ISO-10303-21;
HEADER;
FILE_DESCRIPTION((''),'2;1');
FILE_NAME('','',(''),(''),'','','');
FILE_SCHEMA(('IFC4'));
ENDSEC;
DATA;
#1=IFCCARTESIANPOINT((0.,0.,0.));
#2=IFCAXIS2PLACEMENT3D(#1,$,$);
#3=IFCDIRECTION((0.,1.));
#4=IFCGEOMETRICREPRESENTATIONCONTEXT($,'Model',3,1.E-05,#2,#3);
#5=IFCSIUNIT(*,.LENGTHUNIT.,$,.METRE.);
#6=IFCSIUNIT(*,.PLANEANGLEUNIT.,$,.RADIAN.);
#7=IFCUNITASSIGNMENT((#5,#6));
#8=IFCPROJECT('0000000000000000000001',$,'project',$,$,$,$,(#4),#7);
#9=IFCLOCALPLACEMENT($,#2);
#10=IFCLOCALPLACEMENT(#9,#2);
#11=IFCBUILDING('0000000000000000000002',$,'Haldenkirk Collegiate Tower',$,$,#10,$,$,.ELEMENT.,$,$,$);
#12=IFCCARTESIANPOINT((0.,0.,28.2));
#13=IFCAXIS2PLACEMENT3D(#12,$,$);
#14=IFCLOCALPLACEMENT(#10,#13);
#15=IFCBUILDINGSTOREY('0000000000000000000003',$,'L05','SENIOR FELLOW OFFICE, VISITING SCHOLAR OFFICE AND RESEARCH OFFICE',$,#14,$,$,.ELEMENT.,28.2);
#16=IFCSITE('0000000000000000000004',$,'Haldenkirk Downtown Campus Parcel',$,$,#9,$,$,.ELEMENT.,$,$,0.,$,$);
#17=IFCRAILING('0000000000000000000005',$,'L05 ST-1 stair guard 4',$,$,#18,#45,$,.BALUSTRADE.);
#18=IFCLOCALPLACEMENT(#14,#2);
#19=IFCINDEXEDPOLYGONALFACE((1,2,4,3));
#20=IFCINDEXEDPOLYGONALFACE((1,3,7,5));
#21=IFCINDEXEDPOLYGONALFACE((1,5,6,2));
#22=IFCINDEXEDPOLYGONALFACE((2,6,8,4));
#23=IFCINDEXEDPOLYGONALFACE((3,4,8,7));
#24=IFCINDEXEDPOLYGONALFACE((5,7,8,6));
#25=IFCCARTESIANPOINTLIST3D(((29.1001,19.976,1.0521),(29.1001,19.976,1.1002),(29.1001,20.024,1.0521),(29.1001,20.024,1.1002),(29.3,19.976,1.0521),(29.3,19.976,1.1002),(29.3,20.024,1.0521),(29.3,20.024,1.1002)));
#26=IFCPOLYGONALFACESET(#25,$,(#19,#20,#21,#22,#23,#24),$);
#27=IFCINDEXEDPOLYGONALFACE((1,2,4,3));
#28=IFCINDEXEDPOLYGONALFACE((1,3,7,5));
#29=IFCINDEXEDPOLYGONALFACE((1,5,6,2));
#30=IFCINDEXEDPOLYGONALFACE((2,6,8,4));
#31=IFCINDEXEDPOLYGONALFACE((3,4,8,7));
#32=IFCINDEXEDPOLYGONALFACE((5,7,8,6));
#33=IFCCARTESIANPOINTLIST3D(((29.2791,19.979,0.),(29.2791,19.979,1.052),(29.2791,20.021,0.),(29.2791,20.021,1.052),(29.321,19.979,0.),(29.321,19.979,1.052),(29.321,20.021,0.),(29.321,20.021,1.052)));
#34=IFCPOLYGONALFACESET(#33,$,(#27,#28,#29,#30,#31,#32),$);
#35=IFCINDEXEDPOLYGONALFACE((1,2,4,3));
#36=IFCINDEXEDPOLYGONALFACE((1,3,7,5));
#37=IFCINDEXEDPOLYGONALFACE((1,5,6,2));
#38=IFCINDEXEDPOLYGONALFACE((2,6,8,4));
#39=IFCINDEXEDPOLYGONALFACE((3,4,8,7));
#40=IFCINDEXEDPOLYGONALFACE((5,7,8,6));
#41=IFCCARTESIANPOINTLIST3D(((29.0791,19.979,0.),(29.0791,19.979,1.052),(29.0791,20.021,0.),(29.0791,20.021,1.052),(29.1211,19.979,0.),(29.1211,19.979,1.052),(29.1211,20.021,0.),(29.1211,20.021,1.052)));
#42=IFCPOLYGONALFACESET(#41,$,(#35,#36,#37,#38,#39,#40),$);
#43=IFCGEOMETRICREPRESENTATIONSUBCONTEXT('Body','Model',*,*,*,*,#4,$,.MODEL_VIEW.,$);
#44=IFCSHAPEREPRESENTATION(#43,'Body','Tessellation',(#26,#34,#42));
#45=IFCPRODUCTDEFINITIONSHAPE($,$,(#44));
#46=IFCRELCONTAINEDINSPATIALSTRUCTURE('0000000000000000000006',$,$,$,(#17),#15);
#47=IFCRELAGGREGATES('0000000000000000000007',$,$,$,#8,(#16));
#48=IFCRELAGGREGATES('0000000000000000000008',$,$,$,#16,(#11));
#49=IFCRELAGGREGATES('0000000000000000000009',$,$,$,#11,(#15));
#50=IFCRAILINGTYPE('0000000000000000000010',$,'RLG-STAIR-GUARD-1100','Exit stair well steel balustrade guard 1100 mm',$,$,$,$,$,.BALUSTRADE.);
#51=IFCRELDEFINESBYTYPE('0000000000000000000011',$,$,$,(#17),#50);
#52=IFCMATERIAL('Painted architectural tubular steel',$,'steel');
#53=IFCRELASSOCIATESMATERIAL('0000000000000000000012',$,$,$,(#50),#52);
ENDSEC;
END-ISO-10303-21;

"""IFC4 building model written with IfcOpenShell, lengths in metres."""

from ifc_helpers import new_model, si_unit, direction, frame, origin, origin_2d, place, context, subcontext, project, spatial, rectangle, extrude, material, type_object, element, save


model = new_model("IFC4")

# Units and contexts
model_context = context("Model", 3, precision=1e-05, world=origin(), true_north=direction((0.0, 1.0)))
body_context = subcontext(model_context, "Body", "Model", "MODEL_VIEW")
ifc_project = project(units=[si_unit("LENGTHUNIT", "METRE"), si_unit("PLANEANGLEUNIT", "RADIAN")], contexts=[model_context])

# Site, building, storey
site_placement = place(None, origin())
site = spatial("IfcSite", under=ifc_project, at=site_placement, Name="Haldenkirk Downtown Campus Parcel", CompositionType="ELEMENT", RefElevation=0.0)
building_placement = place(site_placement, origin())
building = spatial("IfcBuilding", under=site, at=building_placement, Name="Haldenkirk Collegiate Tower", CompositionType="ELEMENT")
storey_placement = place(building_placement, frame((0.0, 0.0, 28.2)))
storey = spatial("IfcBuildingStorey", under=building, at=storey_placement, Name="L05", Description="SENIOR FELLOW OFFICE, VISITING SCHOLAR OFFICE AND RESEARCH OFFICE", CompositionType="ELEMENT", Elevation=28.2)

# Railing
ifc_material_1 = material(Name="Painted architectural tubular steel", Category="steel")
railing_type = type_object("IfcRailingType", Name="RLG-STAIR-GUARD-1100", Description="Exit stair well steel balustrade guard 1100 mm", PredefinedType="BALUSTRADE", material=ifc_material_1)
railing_1_placement = place(storey_placement, frame((29.3, 20.0, 0.0)))
element("IfcRailing", 1, at=railing_1_placement, inside=storey, type_object=railing_type, Name="L05 ST-1 stair guard 4", PredefinedType="BALUSTRADE", context=body_context, shape_type="SweptSolid", body=[
    extrude(rectangle(XDim=0.0481, YDim=0.0481, at=origin_2d()), frame((0.0, 0.0, 1.0762), z_axis=(-1.0, 0.0, 0.0), x_axis=(0.0, -1.0, 0.0)), (0.0, 0.0, 1.0), 0.2),
    extrude(rectangle(XDim=0.042, YDim=0.042, at=origin_2d()), origin(), (0.0, 0.0, 1.0), 1.052),
    extrude(rectangle(XDim=0.042, YDim=0.042, at=origin_2d()), frame((-0.2, 0.0, 0.0)), (0.0, 0.0, 1.0), 1.052),
])

save(model, "model.ifc")
